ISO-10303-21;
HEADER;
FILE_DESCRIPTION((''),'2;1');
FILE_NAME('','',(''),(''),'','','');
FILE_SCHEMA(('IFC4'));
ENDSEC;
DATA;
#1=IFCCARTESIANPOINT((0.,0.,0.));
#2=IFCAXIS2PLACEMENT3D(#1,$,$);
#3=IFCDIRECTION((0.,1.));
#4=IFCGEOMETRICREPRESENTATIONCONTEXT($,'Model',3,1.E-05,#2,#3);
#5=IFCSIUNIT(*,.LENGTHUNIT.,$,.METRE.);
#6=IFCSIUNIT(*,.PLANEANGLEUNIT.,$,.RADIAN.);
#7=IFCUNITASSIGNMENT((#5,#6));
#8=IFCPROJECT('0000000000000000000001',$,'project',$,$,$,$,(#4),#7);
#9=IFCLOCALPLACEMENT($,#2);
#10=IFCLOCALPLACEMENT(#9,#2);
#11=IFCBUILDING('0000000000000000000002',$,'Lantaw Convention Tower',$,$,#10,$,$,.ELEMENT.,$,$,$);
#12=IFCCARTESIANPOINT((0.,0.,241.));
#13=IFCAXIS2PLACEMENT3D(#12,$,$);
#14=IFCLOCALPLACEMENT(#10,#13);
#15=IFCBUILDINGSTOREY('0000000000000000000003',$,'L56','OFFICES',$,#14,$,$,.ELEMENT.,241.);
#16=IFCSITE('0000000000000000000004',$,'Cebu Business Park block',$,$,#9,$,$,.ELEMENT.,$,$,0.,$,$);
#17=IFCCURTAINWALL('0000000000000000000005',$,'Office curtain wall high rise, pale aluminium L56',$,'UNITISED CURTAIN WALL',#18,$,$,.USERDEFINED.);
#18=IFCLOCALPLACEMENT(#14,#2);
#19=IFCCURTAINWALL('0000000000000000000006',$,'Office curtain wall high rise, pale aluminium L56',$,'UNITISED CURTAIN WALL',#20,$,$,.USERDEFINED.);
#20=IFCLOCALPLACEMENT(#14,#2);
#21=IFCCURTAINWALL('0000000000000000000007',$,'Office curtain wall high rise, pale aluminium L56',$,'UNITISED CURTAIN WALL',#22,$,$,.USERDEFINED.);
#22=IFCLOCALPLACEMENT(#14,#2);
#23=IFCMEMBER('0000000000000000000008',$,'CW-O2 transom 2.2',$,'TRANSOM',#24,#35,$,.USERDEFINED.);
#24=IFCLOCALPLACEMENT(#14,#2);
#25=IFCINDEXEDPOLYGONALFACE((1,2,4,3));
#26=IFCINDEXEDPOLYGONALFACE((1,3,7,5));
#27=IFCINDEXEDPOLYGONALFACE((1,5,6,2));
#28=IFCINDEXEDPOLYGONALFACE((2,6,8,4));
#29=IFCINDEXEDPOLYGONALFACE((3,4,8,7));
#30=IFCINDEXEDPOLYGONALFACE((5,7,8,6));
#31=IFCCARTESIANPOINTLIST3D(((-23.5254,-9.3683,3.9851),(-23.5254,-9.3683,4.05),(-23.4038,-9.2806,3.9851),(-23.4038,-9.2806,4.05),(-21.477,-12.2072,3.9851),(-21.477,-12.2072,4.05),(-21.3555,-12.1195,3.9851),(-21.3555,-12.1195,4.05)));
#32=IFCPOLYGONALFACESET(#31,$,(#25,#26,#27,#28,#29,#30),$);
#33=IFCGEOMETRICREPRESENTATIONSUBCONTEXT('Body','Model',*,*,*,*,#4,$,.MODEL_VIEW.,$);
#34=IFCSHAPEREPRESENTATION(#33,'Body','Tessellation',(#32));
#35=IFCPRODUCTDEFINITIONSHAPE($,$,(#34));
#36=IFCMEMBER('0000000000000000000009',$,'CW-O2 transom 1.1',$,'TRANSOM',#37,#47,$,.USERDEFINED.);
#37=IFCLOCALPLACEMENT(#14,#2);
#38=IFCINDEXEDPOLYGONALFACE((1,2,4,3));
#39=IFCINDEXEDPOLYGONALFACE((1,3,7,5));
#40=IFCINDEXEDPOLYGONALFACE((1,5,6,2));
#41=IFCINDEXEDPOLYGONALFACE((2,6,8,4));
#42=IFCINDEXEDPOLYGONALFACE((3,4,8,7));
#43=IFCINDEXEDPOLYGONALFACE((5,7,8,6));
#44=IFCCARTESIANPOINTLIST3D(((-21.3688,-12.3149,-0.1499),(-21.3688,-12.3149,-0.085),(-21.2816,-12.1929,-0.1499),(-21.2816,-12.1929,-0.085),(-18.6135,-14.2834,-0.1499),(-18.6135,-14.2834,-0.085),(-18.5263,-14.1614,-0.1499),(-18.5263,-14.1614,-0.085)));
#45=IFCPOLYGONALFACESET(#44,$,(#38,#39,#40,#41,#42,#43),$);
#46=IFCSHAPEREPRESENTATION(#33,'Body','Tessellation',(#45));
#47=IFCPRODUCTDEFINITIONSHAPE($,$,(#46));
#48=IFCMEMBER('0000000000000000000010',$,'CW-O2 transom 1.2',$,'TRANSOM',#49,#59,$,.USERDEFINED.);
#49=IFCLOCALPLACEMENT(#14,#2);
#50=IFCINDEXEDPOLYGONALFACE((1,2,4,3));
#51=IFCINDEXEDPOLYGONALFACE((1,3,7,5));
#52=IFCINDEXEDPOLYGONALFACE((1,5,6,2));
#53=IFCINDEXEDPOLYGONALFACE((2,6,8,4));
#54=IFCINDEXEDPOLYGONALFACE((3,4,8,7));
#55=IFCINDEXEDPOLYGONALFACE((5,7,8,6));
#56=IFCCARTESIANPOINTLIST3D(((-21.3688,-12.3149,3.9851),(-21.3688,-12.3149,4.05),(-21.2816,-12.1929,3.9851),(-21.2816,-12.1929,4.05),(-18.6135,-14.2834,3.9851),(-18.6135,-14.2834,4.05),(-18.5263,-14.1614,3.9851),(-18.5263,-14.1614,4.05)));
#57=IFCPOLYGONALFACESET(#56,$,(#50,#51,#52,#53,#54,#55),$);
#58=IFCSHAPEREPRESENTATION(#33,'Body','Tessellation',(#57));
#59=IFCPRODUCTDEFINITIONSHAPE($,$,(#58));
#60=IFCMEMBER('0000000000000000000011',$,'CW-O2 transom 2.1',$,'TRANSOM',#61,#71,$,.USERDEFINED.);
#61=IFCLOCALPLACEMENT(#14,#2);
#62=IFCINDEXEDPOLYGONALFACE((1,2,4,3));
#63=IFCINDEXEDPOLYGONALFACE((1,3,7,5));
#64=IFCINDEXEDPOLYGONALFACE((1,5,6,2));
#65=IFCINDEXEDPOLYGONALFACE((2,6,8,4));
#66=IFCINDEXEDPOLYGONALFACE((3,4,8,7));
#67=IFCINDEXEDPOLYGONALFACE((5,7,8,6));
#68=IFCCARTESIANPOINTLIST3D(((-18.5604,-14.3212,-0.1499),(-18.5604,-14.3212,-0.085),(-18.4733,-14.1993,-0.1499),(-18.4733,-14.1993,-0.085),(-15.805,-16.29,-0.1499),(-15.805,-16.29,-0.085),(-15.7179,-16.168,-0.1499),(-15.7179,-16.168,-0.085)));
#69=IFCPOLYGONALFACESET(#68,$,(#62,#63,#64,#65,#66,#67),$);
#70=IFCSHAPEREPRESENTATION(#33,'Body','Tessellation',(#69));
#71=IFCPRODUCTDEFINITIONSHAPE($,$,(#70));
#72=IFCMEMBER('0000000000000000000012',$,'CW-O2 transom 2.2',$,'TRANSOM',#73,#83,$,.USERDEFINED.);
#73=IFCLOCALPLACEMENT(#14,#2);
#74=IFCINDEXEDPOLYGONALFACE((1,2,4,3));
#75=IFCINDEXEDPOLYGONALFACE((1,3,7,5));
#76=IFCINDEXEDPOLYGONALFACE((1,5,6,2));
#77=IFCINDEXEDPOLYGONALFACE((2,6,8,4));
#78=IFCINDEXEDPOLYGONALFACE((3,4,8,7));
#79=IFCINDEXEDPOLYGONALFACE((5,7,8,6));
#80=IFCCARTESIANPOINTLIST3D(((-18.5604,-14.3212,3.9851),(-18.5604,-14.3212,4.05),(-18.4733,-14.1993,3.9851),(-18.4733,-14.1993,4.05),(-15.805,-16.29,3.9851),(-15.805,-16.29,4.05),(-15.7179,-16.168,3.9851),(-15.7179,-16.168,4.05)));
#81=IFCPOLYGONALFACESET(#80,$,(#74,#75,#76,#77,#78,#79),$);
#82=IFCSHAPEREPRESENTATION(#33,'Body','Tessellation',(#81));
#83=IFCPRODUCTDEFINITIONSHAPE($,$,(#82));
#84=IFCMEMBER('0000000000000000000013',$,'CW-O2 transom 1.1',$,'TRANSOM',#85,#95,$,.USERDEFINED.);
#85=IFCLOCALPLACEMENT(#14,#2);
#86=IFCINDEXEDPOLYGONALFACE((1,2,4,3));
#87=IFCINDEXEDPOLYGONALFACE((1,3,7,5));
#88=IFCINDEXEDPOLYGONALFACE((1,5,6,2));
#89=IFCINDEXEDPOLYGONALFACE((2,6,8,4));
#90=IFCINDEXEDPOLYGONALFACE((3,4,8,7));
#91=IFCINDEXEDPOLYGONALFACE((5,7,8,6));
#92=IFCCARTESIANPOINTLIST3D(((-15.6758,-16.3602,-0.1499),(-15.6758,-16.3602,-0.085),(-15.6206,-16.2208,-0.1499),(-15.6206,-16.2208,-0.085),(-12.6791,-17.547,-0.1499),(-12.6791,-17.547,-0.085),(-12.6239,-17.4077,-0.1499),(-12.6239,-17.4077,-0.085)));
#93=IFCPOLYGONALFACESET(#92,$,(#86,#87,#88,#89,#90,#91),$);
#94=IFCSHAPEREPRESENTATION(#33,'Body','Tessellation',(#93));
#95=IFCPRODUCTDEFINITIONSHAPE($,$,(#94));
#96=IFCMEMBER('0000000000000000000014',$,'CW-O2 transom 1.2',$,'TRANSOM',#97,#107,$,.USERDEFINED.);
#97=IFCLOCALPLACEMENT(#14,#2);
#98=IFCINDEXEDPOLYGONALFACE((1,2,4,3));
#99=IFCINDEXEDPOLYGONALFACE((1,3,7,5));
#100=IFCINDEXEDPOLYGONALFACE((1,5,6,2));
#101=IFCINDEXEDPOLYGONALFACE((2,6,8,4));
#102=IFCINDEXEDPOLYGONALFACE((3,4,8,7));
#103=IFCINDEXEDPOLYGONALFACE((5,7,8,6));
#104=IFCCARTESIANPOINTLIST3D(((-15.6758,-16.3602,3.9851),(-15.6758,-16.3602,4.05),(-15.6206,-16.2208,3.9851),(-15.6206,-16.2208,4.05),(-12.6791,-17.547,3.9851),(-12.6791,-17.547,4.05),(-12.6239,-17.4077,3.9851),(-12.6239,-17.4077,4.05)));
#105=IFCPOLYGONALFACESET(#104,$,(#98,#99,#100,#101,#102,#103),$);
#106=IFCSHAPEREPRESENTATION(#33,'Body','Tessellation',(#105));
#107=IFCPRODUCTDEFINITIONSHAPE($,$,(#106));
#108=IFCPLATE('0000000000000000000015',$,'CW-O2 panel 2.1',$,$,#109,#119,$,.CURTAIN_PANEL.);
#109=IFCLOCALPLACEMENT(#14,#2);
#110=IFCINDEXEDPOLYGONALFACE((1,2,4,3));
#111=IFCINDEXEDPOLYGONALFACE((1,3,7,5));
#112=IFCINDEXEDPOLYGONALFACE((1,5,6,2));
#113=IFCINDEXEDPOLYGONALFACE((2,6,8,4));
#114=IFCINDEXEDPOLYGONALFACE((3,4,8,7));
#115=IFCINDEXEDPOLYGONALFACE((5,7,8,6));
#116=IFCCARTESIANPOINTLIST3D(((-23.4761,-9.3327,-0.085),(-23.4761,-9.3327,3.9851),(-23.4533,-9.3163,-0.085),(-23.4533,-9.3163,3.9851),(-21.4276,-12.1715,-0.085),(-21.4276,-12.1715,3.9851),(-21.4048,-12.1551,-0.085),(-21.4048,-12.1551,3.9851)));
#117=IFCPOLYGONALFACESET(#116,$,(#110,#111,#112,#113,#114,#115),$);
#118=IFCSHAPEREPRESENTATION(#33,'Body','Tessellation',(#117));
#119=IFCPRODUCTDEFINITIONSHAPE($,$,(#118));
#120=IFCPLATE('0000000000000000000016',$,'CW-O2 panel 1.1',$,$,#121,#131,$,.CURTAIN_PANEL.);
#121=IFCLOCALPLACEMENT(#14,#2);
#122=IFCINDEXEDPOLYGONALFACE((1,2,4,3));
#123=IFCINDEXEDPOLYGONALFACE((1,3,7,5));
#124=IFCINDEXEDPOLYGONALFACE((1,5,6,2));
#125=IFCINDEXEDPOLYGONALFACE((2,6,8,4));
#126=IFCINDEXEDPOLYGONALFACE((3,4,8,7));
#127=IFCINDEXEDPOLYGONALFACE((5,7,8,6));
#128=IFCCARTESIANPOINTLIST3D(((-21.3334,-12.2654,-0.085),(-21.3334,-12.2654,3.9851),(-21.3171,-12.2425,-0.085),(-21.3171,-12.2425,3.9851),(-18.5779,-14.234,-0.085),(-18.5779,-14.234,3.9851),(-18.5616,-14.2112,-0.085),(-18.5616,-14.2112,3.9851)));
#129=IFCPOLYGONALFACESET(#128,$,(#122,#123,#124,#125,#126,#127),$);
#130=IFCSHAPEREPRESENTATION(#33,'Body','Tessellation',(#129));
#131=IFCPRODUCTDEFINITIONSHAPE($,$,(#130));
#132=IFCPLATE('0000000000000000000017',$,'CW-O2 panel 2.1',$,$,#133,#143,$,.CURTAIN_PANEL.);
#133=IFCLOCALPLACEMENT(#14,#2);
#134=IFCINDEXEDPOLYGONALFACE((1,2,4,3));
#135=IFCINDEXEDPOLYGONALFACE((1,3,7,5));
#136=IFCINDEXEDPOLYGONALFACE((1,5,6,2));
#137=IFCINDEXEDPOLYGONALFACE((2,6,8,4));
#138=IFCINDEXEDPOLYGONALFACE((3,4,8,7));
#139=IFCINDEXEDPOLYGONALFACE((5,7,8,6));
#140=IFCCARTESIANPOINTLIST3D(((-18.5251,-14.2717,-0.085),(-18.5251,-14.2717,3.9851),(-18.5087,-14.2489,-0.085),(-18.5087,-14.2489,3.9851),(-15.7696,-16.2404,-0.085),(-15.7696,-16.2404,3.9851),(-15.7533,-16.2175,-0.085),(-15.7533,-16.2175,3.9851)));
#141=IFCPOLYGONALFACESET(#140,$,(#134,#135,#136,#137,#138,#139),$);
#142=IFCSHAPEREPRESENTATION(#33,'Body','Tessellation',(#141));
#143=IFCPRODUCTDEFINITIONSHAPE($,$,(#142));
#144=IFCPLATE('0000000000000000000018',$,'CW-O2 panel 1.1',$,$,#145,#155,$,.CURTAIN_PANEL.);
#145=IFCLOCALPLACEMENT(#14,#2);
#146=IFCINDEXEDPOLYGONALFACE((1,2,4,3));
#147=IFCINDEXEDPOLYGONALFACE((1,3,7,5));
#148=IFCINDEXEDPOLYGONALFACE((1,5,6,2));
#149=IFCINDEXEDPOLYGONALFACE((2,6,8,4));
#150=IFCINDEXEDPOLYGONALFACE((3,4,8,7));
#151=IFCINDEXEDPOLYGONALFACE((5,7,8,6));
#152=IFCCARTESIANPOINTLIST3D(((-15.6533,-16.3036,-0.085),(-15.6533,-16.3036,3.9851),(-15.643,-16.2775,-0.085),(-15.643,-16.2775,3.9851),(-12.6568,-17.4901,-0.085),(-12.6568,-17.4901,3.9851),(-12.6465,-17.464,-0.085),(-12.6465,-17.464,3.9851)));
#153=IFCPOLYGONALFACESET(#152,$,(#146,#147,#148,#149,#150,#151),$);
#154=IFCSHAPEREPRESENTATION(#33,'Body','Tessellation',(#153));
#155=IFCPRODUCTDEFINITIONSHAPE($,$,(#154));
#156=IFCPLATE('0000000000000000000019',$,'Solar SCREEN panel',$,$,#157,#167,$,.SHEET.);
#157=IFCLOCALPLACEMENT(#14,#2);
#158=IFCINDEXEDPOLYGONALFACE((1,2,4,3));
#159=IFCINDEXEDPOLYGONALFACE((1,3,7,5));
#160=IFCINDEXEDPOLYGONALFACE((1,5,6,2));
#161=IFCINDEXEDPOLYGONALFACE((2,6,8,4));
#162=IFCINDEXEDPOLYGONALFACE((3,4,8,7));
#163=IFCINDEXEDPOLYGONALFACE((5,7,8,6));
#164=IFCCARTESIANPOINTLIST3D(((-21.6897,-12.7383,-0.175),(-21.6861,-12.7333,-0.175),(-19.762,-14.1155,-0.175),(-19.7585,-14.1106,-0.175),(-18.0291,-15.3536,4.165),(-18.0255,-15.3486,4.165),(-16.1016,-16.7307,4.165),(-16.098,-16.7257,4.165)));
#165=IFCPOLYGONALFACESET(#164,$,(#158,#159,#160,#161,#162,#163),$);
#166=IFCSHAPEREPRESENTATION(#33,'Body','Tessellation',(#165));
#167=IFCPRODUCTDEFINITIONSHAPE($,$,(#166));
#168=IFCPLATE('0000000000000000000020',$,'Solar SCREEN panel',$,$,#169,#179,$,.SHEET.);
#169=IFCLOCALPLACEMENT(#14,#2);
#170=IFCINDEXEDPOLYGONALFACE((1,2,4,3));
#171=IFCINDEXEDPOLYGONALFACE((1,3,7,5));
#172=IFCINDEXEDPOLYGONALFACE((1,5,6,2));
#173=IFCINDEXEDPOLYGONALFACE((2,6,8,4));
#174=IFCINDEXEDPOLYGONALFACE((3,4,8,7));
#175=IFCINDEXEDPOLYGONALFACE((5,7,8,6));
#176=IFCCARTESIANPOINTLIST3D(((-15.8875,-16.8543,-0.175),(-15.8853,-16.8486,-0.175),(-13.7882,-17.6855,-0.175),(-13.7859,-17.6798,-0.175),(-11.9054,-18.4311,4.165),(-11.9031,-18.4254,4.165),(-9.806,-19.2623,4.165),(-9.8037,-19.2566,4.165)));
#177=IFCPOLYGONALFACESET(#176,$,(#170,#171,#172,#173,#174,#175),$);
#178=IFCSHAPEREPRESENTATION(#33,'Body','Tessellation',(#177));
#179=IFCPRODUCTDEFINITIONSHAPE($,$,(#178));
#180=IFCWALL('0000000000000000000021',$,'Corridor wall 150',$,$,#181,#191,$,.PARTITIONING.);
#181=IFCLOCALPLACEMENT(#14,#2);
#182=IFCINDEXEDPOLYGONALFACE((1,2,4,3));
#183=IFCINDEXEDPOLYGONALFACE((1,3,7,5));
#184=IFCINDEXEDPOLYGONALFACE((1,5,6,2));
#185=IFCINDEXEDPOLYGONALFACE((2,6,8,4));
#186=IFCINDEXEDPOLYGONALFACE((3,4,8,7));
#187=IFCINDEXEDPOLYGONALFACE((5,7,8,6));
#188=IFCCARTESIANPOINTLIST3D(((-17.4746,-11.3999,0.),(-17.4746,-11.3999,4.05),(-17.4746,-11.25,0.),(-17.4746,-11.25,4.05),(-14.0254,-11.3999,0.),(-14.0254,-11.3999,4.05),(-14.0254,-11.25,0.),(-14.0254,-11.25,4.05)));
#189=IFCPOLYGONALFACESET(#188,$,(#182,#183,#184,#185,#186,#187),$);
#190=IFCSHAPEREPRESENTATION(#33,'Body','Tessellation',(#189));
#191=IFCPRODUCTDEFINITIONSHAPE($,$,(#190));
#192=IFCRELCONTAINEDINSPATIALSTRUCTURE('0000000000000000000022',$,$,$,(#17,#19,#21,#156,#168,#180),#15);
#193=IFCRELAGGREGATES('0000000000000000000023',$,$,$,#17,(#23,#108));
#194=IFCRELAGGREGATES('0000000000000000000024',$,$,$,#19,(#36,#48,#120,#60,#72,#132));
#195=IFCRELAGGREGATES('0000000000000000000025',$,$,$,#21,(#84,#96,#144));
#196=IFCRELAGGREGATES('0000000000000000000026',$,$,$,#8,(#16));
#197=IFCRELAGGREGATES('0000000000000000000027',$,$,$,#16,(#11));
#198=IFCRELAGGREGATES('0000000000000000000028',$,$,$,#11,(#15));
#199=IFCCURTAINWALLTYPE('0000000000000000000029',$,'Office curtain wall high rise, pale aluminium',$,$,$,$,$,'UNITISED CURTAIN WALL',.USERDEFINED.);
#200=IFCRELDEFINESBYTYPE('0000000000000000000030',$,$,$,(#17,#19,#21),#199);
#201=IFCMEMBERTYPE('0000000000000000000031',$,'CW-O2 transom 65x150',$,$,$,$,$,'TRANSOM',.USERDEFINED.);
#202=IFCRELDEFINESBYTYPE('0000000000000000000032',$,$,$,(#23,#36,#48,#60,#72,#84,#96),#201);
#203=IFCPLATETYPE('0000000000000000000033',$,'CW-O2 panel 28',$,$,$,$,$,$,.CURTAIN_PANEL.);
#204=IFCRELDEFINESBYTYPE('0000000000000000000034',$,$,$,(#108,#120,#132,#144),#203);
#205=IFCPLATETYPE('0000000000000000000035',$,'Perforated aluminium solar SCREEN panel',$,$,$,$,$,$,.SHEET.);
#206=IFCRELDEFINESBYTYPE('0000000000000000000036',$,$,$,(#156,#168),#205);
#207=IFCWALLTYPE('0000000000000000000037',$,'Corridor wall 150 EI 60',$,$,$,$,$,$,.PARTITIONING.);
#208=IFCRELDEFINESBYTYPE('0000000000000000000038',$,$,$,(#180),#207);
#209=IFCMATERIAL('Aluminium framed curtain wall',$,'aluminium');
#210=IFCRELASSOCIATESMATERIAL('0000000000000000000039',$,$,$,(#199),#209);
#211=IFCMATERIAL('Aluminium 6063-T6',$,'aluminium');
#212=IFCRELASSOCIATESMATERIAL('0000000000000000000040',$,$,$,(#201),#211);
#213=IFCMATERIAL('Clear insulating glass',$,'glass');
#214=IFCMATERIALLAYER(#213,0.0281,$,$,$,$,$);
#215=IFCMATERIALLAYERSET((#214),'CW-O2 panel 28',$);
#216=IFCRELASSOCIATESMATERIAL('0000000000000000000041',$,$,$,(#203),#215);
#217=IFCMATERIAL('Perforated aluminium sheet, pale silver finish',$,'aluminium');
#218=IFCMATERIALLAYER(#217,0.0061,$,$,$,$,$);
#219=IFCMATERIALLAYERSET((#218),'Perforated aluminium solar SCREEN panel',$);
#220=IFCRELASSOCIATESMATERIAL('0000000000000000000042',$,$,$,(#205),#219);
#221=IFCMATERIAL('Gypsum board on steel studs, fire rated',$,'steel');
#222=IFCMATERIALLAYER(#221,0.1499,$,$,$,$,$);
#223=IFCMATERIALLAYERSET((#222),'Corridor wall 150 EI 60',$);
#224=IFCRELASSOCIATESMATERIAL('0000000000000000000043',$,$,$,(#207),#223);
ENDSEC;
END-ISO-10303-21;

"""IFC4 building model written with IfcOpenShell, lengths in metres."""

from ifc_helpers import new_model, si_unit, direction, frame, frame_2d, origin, origin_2d, place, context, subcontext, project, spatial, polyline, rectangle, outline, extrude, material, layer, layer_set, material_profile, profile_set, type_object, element, aggregate, save


model = new_model("IFC4")

# Units and contexts
model_context = context("Model", 3, precision=1e-05, world=origin(), true_north=direction((0.0, 1.0)))
body_context = subcontext(model_context, "Body", "Model", "MODEL_VIEW")
ifc_project = project(units=[si_unit("LENGTHUNIT", "METRE"), si_unit("PLANEANGLEUNIT", "RADIAN")], contexts=[model_context])

# Site, building, storey
site_placement = place(None, origin())
site = spatial("IfcSite", under=ifc_project, at=site_placement, Name="Cebu Business Park block", CompositionType="ELEMENT", RefElevation=0.0)
building_placement = place(site_placement, origin())
building = spatial("IfcBuilding", under=site, at=building_placement, Name="Lantaw Convention Tower", CompositionType="ELEMENT")
storey_placement = place(building_placement, frame((0.0, 0.0, 241.0)))
storey = spatial("IfcBuildingStorey", under=building, at=storey_placement, Name="L56", Description="OFFICES", CompositionType="ELEMENT", Elevation=241.0)

# Curtain walls
ifc_material_1 = material(Name="Aluminium framed curtain wall", Category="aluminium")
curtain_wall_type = type_object("IfcCurtainWallType", Name="Office curtain wall high rise, pale aluminium", ElementType="UNITISED CURTAIN WALL", PredefinedType="USERDEFINED", material=ifc_material_1)
curtain_wall_1_placement = place(storey_placement, origin())
curtain_wall_1 = element("IfcCurtainWall", 1, at=curtain_wall_1_placement, inside=storey, type_object=curtain_wall_type, Name="Office curtain wall high rise, pale aluminium L56", ObjectType="UNITISED CURTAIN WALL", PredefinedType="USERDEFINED")
ifc_material_2 = material(Name="Aluminium 6063-T6", Category="aluminium")
curtain_wall_2_placement = place(storey_placement, origin())
curtain_wall_2 = element("IfcCurtainWall", 2, at=curtain_wall_2_placement, inside=storey, type_object=curtain_wall_type, Name="Office curtain wall high rise, pale aluminium L56", ObjectType="UNITISED CURTAIN WALL", PredefinedType="USERDEFINED")

# Curtain wall
curtain_wall_3_placement = place(storey_placement, origin())
curtain_wall_3 = element("IfcCurtainWall", 3, at=curtain_wall_3_placement, inside=storey, type_object=curtain_wall_type, Name="Office curtain wall high rise, pale aluminium L56", ObjectType="UNITISED CURTAIN WALL", PredefinedType="USERDEFINED")

# Members
ifc_material_profile_1 = material_profile(ifc_material_2, rectangle(XDim=0.1499, YDim=0.0649, at=origin_2d()), Name="CW-O2 transom 65x150")
ifc_profile_set_1 = profile_set([ifc_material_profile_1], Name="Aluminium 6063-T6")
member_type_1 = type_object("IfcMemberType", Name="CW-O2 transom 65x150", ElementType="TRANSOM", PredefinedType="USERDEFINED", material=ifc_profile_set_1)
member_1_placement = place(storey_placement, frame((-23.4646, -9.3245, 4.0176), z_axis=(0.585124, -0.810944, 0.0), x_axis=(0.810944, 0.585124, 0.0)))
member_1 = element("IfcMember", 4, at=member_1_placement, type_object=member_type_1, Name="CW-O2 transom 2.2", ObjectType="TRANSOM", PredefinedType="USERDEFINED", context=body_context, shape_type="SweptSolid", body=[
    extrude(rectangle(XDim=0.1499, YDim=0.0649, at=origin_2d()), origin(), (0.0, 0.0, 1.0), 3.5007),
])
member_2_placement = place(storey_placement, frame((-21.3252, -12.2539, -0.1174), z_axis=(0.81368, -0.581313, 0.0), x_axis=(0.581313, 0.81368, 0.0)))
member_2 = element("IfcMember", 5, at=member_2_placement, type_object=member_type_1, Name="CW-O2 transom 1.1", ObjectType="TRANSOM", PredefinedType="USERDEFINED", context=body_context, shape_type="SweptSolid", body=[
    extrude(rectangle(XDim=0.1499, YDim=0.0649, at=origin_2d()), origin(), (0.0, 0.0, 1.0), 3.3862),
])
member_3_placement = place(storey_placement, frame((-21.3252, -12.2539, 4.0176), z_axis=(0.81368, -0.581313, 0.0), x_axis=(0.581313, 0.81368, 0.0)))
member_3 = element("IfcMember", 6, at=member_3_placement, type_object=member_type_1, Name="CW-O2 transom 1.2", ObjectType="TRANSOM", PredefinedType="USERDEFINED", context=body_context, shape_type="SweptSolid", body=[
    extrude(rectangle(XDim=0.1499, YDim=0.0649, at=origin_2d()), origin(), (0.0, 0.0, 1.0), 3.3862),
])
member_4_placement = place(storey_placement, frame((-18.5168, -14.2603, -0.1174), z_axis=(0.813646, -0.581361, 0.0), x_axis=(0.581361, 0.813646, 0.0)))
member_4 = element("IfcMember", 7, at=member_4_placement, type_object=member_type_1, Name="CW-O2 transom 2.1", ObjectType="TRANSOM", PredefinedType="USERDEFINED", context=body_context, shape_type="SweptSolid", body=[
    extrude(rectangle(XDim=0.1499, YDim=0.0649, at=origin_2d()), origin(), (0.0, 0.0, 1.0), 3.3865),
])
member_5_placement = place(storey_placement, frame((-18.5168, -14.2603, 4.0176), z_axis=(0.813646, -0.581361, 0.0), x_axis=(0.581361, 0.813646, 0.0)))
member_5 = element("IfcMember", 8, at=member_5_placement, type_object=member_type_1, Name="CW-O2 transom 2.2", ObjectType="TRANSOM", PredefinedType="USERDEFINED", context=body_context, shape_type="SweptSolid", body=[
    extrude(rectangle(XDim=0.1499, YDim=0.0649, at=origin_2d()), origin(), (0.0, 0.0, 1.0), 3.3865),
])
member_6_placement = place(storey_placement, frame((-15.6482, -16.2905, -0.1174), z_axis=(0.929741, -0.368215, 0.0), x_axis=(0.368215, 0.929741, 0.0)))
member_6 = element("IfcMember", 9, at=member_6_placement, type_object=member_type_1, Name="CW-O2 transom 1.1", ObjectType="TRANSOM", PredefinedType="USERDEFINED", context=body_context, shape_type="SweptSolid", body=[
    extrude(rectangle(XDim=0.1499, YDim=0.0649, at=origin_2d()), origin(), (0.0, 0.0, 1.0), 3.2231),
])
member_7_placement = place(storey_placement, frame((-15.6482, -16.2905, 4.0176), z_axis=(0.929741, -0.368215, 0.0), x_axis=(0.368215, 0.929741, 0.0)))
member_7 = element("IfcMember", 10, at=member_7_placement, type_object=member_type_1, Name="CW-O2 transom 1.2", ObjectType="TRANSOM", PredefinedType="USERDEFINED", context=body_context, shape_type="SweptSolid", body=[
    extrude(rectangle(XDim=0.1499, YDim=0.0649, at=origin_2d()), origin(), (0.0, 0.0, 1.0), 3.2231),
])

# Plates
ifc_material_3 = material(Name="Clear insulating glass", Category="glass")
ifc_layer_1 = layer(ifc_material_3, 0.0281)
ifc_layer_set_1 = layer_set([ifc_layer_1], Name="CW-O2 panel 28")
plate_type_1 = type_object("IfcPlateType", Name="CW-O2 panel 28", PredefinedType="CURTAIN_PANEL", material=ifc_layer_set_1)
plate_1_placement = place(storey_placement, frame((-22.4404, -10.7439, -0.085), z_axis=(0.0, 0.0, 1.0), x_axis=(0.585158, -0.81092, 0.0)))
plate_1 = element("IfcPlate", 11, at=plate_1_placement, type_object=plate_type_1, Name="CW-O2 panel 2.1", PredefinedType="CURTAIN_PANEL", context=body_context, shape_type="SweptSolid", body=[
    extrude(rectangle(XDim=3.5007, YDim=0.0281, at=origin_2d()), origin(), (0.0, 0.0, 1.0), 4.0701),
])
aggregate(curtain_wall_1, [member_1, plate_1])
plate_2_placement = place(storey_placement, frame((-19.9475, -13.2383, -0.085), z_axis=(0.0, 0.0, 1.0), x_axis=(0.813673, -0.581323, 0.0)))
plate_2 = element("IfcPlate", 12, at=plate_2_placement, type_object=plate_type_1, Name="CW-O2 panel 1.1", PredefinedType="CURTAIN_PANEL", context=body_context, shape_type="SweptSolid", body=[
    extrude(rectangle(XDim=3.3865, YDim=0.0281, at=origin_2d()), origin(), (0.0, 0.0, 1.0), 4.0701),
])
plate_3_placement = place(storey_placement, frame((-17.1392, -15.2446, -0.085), z_axis=(0.0, 0.0, 1.0), x_axis=(0.813673, -0.581323, 0.0)))
plate_3 = element("IfcPlate", 13, at=plate_3_placement, type_object=plate_type_1, Name="CW-O2 panel 2.1", PredefinedType="CURTAIN_PANEL", context=body_context, shape_type="SweptSolid", body=[
    extrude(rectangle(XDim=3.3865, YDim=0.0281, at=origin_2d()), origin(), (0.0, 0.0, 1.0), 4.0701),
])
aggregate(curtain_wall_2, [member_2, member_3, plate_2, member_4, member_5, plate_3])
plate_4_placement = place(storey_placement, frame((-14.1499, -16.8838, -0.085), z_axis=(0.0, 0.0, 1.0), x_axis=(0.929762, -0.368162, 0.0)))
plate_4 = element("IfcPlate", 14, at=plate_4_placement, type_object=plate_type_1, Name="CW-O2 panel 1.1", PredefinedType="CURTAIN_PANEL", context=body_context, shape_type="SweptSolid", body=[
    extrude(rectangle(XDim=3.2229, YDim=0.0281, at=origin_2d()), origin(), (0.0, 0.0, 1.0), 4.0701),
])
aggregate(curtain_wall_3, [member_6, member_7, plate_4])

# Plates
ifc_material_4 = material(Name="Perforated aluminium sheet, pale silver finish", Category="aluminium")
ifc_layer_2 = layer(ifc_material_4, 0.0061)
ifc_layer_set_2 = layer_set([ifc_layer_2], Name="Perforated aluminium solar SCREEN panel")
plate_type_2 = type_object("IfcPlateType", Name="Perforated aluminium solar SCREEN panel", PredefinedType="SHEET", material=ifc_layer_set_2)
plate_5_placement = place(storey_placement, frame((-21.6897, -12.7383, -0.175), z_axis=(-0.581331, -0.813667, 0.00001), x_axis=(0.813667, -0.581331, 0.0)))
element("IfcPlate", 15, at=plate_5_placement, inside=storey, type_object=plate_type_2, Name="Solar SCREEN panel", PredefinedType="SHEET", context=body_context, shape_type="SweptSolid", body=[
    extrude(outline(polyline([(0.0, 0.0), (2.3691, 0.0), (6.8678, 4.3401), (4.4989, 4.3401), (0.0, 0.0)])), origin(), (0.0, 0.0, -1.0), 0.0061),
])
plate_6_placement = place(storey_placement, frame((-15.8853, -16.8486, -0.175), z_axis=(0.368117, 0.92978, 0.000036), x_axis=(0.92978, -0.368117, 0.0)))
element("IfcPlate", 16, at=plate_6_placement, inside=storey, type_object=plate_type_2, Name="Solar SCREEN panel", PredefinedType="SHEET", context=body_context, shape_type="SweptSolid", body=[
    extrude(outline(polyline([(0.0, 0.0), (2.2579, 0.0), (6.5409, -4.3401), (4.2829, -4.3401), (0.0, 0.0)])), origin(), (0.0, 0.0, -1.0), 0.0061),
])

# Wall
ifc_material_5 = material(Name="Gypsum board on steel studs, fire rated", Category="steel")
ifc_layer_3 = layer(ifc_material_5, 0.1499)
ifc_layer_set_3 = layer_set([ifc_layer_3], Name="Corridor wall 150 EI 60")
wall_type_1 = type_object("IfcWallType", Name="Corridor wall 150 EI 60", PredefinedType="PARTITIONING", material=ifc_layer_set_3)
wall_1_placement = place(storey_placement, frame((-14.0254, -11.325, 0.0), z_axis=(0.0, 0.0, 1.0), x_axis=(-1.0, 0.0, 0.0)))
element("IfcWall", 17, at=wall_1_placement, inside=storey, type_object=wall_type_1, Name="Corridor wall 150", PredefinedType="PARTITIONING", context=body_context, shape_type="SweptSolid", body=[
    extrude(rectangle(XDim=3.4492, YDim=0.1499, at=frame_2d((1.7246, 0.0))), origin(), (0.0, 0.0, 1.0), 4.05),
])

save(model, "model.ifc")
